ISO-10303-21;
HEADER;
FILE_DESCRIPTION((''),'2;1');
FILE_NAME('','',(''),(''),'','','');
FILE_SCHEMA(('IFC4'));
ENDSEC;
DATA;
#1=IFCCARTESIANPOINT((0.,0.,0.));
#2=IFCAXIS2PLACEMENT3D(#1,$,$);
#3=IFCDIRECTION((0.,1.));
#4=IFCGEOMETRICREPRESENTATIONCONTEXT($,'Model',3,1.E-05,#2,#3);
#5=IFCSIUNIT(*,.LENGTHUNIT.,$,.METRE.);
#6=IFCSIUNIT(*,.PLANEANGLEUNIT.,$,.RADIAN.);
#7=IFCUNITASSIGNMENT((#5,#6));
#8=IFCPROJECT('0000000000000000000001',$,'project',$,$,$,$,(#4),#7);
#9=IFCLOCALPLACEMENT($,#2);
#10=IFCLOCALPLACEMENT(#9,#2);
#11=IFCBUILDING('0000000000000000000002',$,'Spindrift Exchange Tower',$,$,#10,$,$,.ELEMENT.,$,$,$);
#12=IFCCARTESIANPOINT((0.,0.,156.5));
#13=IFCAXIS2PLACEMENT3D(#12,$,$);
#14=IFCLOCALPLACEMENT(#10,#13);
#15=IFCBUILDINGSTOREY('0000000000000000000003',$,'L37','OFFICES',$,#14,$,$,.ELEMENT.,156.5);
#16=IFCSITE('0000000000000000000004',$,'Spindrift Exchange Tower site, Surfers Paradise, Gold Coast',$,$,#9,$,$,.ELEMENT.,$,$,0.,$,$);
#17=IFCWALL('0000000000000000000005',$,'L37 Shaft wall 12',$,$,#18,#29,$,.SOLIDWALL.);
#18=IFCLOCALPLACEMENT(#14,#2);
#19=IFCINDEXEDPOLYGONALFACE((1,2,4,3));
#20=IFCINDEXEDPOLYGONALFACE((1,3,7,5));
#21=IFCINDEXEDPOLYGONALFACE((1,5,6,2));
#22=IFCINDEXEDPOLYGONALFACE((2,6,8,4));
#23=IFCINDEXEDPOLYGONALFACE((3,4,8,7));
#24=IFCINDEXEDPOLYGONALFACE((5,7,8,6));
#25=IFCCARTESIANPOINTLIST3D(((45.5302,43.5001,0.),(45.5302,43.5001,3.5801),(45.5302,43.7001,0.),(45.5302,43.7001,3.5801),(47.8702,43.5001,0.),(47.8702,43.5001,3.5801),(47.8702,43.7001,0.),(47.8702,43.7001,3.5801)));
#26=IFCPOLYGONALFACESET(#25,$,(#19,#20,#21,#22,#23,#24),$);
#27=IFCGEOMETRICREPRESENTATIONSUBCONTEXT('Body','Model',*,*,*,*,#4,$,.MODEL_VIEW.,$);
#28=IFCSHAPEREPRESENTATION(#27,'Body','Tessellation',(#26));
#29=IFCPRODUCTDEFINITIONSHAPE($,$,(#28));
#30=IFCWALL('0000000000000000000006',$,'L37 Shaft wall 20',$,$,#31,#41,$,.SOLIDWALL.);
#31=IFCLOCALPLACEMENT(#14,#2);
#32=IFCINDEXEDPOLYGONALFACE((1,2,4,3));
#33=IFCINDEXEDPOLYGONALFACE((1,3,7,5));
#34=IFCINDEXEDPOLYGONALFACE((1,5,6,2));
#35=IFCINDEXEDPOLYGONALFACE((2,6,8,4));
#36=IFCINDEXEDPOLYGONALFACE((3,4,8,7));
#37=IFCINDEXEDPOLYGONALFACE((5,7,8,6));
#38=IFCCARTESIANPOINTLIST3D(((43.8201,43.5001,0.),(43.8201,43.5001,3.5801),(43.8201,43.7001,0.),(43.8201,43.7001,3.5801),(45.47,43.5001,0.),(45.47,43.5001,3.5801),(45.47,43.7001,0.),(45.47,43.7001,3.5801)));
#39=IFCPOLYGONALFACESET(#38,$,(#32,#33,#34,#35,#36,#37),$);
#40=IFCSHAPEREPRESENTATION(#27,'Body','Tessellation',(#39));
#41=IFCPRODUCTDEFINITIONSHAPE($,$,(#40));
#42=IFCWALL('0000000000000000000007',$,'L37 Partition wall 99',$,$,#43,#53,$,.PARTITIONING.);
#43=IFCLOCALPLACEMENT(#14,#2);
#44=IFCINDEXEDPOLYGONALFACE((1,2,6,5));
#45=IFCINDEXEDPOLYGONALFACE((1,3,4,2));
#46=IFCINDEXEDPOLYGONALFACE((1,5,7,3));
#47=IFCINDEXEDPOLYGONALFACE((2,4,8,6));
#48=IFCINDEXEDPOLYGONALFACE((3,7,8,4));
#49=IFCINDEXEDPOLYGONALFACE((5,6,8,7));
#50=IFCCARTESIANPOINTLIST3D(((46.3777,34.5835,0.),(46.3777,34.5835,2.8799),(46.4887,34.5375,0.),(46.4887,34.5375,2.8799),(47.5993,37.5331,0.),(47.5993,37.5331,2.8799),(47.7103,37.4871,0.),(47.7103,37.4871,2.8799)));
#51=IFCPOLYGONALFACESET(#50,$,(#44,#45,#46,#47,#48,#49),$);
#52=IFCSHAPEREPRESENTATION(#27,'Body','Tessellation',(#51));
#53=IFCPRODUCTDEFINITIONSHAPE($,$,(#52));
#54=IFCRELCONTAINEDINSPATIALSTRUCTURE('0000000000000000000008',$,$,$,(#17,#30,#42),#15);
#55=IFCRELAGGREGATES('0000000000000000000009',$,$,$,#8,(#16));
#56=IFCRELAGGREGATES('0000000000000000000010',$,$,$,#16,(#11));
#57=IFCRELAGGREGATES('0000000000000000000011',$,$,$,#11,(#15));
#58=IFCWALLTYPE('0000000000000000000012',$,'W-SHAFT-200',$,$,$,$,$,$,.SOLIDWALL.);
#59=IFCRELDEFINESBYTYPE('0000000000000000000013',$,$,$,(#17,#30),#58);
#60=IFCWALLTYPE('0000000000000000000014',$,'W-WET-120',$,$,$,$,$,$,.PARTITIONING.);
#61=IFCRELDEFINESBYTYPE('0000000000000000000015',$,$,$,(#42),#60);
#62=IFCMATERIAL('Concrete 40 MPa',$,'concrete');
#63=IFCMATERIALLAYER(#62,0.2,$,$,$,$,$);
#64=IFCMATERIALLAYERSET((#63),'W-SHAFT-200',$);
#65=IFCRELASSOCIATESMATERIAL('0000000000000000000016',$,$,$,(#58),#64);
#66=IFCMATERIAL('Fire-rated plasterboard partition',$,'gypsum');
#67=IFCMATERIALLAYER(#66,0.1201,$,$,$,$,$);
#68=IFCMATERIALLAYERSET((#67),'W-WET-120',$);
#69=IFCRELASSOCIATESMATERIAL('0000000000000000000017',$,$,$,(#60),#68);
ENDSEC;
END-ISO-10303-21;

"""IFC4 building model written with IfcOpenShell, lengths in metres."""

from ifc_helpers import new_model, si_unit, direction, frame, frame_2d, origin, place, context, subcontext, project, spatial, rectangle, extrude, material, layer, layer_set, type_object, element, save


model = new_model("IFC4")

# Units and contexts
model_context = context("Model", 3, precision=1e-05, world=origin(), true_north=direction((0.0, 1.0)))
body_context = subcontext(model_context, "Body", "Model", "MODEL_VIEW")
ifc_project = project(units=[si_unit("LENGTHUNIT", "METRE"), si_unit("PLANEANGLEUNIT", "RADIAN")], contexts=[model_context])

# Site, building, storey
site_placement = place(None, origin())
site = spatial("IfcSite", under=ifc_project, at=site_placement, Name="Spindrift Exchange Tower site, Surfers Paradise, Gold Coast", CompositionType="ELEMENT", RefElevation=0.0)
building_placement = place(site_placement, origin())
building = spatial("IfcBuilding", under=site, at=building_placement, Name="Spindrift Exchange Tower", CompositionType="ELEMENT")
storey_placement = place(building_placement, frame((0.0, 0.0, 156.5)))
storey = spatial("IfcBuildingStorey", under=building, at=storey_placement, Name="L37", Description="OFFICES", CompositionType="ELEMENT", Elevation=156.5)

# Shared definitions
ifc_material_1 = material(Name="Fire-rated plasterboard partition", Category="gypsum")

# Shared definitions
ifc_material_2 = material(Name="Concrete 40 MPa", Category="concrete")
ifc_layer_1 = layer(ifc_material_2, 0.2)
ifc_layer_set_1 = layer_set([ifc_layer_1], Name="W-SHAFT-200")
wall_type_1 = type_object("IfcWallType", Name="W-SHAFT-200", PredefinedType="SOLIDWALL", material=ifc_layer_set_1)

# Walls
wall_1_placement = place(storey_placement, frame((47.8701, 43.6001, 0.0), z_axis=(0.0, 0.0, 1.0), x_axis=(-1.0, 0.0, 0.0)))
element("IfcWall", 1, at=wall_1_placement, inside=storey, type_object=wall_type_1, Name="L37 Shaft wall 12", PredefinedType="SOLIDWALL", context=body_context, shape_type="SweptSolid", body=[
    extrude(rectangle(XDim=2.3401, YDim=0.2, at=frame_2d((1.1699, 0.0))), origin(), (0.0, 0.0, 1.0), 3.5801),
])
wall_2_placement = place(storey_placement, frame((45.47, 43.6001, 0.0), z_axis=(0.0, 0.0, 1.0), x_axis=(-1.0, 0.0, 0.0)))
element("IfcWall", 2, at=wall_2_placement, inside=storey, type_object=wall_type_1, Name="L37 Shaft wall 20", PredefinedType="SOLIDWALL", context=body_context, shape_type="SweptSolid", body=[
    extrude(rectangle(XDim=1.6499, YDim=0.2, at=frame_2d((0.825, 0.0))), origin(), (0.0, 0.0, 1.0), 3.5801),
])
ifc_layer_2 = layer(ifc_material_1, 0.1201)
ifc_layer_set_2 = layer_set([ifc_layer_2], Name="W-WET-120")
wall_type_2 = type_object("IfcWallType", Name="W-WET-120", PredefinedType="PARTITIONING", material=ifc_layer_set_2)
wall_3_placement = place(storey_placement, frame((47.6548, 37.51, 0.0), z_axis=(0.0, 0.0, 1.0), x_axis=(-0.382649, -0.923894, 0.0)))
element("IfcWall", 3, at=wall_3_placement, inside=storey, type_object=wall_type_2, Name="L37 Partition wall 99", PredefinedType="PARTITIONING", context=body_context, shape_type="SweptSolid", body=[
    extrude(rectangle(XDim=3.1926, YDim=0.1201, at=frame_2d((1.5962, 0.0))), origin(), (0.0, 0.0, 1.0), 2.8799),
])

save(model, "model.ifc")
